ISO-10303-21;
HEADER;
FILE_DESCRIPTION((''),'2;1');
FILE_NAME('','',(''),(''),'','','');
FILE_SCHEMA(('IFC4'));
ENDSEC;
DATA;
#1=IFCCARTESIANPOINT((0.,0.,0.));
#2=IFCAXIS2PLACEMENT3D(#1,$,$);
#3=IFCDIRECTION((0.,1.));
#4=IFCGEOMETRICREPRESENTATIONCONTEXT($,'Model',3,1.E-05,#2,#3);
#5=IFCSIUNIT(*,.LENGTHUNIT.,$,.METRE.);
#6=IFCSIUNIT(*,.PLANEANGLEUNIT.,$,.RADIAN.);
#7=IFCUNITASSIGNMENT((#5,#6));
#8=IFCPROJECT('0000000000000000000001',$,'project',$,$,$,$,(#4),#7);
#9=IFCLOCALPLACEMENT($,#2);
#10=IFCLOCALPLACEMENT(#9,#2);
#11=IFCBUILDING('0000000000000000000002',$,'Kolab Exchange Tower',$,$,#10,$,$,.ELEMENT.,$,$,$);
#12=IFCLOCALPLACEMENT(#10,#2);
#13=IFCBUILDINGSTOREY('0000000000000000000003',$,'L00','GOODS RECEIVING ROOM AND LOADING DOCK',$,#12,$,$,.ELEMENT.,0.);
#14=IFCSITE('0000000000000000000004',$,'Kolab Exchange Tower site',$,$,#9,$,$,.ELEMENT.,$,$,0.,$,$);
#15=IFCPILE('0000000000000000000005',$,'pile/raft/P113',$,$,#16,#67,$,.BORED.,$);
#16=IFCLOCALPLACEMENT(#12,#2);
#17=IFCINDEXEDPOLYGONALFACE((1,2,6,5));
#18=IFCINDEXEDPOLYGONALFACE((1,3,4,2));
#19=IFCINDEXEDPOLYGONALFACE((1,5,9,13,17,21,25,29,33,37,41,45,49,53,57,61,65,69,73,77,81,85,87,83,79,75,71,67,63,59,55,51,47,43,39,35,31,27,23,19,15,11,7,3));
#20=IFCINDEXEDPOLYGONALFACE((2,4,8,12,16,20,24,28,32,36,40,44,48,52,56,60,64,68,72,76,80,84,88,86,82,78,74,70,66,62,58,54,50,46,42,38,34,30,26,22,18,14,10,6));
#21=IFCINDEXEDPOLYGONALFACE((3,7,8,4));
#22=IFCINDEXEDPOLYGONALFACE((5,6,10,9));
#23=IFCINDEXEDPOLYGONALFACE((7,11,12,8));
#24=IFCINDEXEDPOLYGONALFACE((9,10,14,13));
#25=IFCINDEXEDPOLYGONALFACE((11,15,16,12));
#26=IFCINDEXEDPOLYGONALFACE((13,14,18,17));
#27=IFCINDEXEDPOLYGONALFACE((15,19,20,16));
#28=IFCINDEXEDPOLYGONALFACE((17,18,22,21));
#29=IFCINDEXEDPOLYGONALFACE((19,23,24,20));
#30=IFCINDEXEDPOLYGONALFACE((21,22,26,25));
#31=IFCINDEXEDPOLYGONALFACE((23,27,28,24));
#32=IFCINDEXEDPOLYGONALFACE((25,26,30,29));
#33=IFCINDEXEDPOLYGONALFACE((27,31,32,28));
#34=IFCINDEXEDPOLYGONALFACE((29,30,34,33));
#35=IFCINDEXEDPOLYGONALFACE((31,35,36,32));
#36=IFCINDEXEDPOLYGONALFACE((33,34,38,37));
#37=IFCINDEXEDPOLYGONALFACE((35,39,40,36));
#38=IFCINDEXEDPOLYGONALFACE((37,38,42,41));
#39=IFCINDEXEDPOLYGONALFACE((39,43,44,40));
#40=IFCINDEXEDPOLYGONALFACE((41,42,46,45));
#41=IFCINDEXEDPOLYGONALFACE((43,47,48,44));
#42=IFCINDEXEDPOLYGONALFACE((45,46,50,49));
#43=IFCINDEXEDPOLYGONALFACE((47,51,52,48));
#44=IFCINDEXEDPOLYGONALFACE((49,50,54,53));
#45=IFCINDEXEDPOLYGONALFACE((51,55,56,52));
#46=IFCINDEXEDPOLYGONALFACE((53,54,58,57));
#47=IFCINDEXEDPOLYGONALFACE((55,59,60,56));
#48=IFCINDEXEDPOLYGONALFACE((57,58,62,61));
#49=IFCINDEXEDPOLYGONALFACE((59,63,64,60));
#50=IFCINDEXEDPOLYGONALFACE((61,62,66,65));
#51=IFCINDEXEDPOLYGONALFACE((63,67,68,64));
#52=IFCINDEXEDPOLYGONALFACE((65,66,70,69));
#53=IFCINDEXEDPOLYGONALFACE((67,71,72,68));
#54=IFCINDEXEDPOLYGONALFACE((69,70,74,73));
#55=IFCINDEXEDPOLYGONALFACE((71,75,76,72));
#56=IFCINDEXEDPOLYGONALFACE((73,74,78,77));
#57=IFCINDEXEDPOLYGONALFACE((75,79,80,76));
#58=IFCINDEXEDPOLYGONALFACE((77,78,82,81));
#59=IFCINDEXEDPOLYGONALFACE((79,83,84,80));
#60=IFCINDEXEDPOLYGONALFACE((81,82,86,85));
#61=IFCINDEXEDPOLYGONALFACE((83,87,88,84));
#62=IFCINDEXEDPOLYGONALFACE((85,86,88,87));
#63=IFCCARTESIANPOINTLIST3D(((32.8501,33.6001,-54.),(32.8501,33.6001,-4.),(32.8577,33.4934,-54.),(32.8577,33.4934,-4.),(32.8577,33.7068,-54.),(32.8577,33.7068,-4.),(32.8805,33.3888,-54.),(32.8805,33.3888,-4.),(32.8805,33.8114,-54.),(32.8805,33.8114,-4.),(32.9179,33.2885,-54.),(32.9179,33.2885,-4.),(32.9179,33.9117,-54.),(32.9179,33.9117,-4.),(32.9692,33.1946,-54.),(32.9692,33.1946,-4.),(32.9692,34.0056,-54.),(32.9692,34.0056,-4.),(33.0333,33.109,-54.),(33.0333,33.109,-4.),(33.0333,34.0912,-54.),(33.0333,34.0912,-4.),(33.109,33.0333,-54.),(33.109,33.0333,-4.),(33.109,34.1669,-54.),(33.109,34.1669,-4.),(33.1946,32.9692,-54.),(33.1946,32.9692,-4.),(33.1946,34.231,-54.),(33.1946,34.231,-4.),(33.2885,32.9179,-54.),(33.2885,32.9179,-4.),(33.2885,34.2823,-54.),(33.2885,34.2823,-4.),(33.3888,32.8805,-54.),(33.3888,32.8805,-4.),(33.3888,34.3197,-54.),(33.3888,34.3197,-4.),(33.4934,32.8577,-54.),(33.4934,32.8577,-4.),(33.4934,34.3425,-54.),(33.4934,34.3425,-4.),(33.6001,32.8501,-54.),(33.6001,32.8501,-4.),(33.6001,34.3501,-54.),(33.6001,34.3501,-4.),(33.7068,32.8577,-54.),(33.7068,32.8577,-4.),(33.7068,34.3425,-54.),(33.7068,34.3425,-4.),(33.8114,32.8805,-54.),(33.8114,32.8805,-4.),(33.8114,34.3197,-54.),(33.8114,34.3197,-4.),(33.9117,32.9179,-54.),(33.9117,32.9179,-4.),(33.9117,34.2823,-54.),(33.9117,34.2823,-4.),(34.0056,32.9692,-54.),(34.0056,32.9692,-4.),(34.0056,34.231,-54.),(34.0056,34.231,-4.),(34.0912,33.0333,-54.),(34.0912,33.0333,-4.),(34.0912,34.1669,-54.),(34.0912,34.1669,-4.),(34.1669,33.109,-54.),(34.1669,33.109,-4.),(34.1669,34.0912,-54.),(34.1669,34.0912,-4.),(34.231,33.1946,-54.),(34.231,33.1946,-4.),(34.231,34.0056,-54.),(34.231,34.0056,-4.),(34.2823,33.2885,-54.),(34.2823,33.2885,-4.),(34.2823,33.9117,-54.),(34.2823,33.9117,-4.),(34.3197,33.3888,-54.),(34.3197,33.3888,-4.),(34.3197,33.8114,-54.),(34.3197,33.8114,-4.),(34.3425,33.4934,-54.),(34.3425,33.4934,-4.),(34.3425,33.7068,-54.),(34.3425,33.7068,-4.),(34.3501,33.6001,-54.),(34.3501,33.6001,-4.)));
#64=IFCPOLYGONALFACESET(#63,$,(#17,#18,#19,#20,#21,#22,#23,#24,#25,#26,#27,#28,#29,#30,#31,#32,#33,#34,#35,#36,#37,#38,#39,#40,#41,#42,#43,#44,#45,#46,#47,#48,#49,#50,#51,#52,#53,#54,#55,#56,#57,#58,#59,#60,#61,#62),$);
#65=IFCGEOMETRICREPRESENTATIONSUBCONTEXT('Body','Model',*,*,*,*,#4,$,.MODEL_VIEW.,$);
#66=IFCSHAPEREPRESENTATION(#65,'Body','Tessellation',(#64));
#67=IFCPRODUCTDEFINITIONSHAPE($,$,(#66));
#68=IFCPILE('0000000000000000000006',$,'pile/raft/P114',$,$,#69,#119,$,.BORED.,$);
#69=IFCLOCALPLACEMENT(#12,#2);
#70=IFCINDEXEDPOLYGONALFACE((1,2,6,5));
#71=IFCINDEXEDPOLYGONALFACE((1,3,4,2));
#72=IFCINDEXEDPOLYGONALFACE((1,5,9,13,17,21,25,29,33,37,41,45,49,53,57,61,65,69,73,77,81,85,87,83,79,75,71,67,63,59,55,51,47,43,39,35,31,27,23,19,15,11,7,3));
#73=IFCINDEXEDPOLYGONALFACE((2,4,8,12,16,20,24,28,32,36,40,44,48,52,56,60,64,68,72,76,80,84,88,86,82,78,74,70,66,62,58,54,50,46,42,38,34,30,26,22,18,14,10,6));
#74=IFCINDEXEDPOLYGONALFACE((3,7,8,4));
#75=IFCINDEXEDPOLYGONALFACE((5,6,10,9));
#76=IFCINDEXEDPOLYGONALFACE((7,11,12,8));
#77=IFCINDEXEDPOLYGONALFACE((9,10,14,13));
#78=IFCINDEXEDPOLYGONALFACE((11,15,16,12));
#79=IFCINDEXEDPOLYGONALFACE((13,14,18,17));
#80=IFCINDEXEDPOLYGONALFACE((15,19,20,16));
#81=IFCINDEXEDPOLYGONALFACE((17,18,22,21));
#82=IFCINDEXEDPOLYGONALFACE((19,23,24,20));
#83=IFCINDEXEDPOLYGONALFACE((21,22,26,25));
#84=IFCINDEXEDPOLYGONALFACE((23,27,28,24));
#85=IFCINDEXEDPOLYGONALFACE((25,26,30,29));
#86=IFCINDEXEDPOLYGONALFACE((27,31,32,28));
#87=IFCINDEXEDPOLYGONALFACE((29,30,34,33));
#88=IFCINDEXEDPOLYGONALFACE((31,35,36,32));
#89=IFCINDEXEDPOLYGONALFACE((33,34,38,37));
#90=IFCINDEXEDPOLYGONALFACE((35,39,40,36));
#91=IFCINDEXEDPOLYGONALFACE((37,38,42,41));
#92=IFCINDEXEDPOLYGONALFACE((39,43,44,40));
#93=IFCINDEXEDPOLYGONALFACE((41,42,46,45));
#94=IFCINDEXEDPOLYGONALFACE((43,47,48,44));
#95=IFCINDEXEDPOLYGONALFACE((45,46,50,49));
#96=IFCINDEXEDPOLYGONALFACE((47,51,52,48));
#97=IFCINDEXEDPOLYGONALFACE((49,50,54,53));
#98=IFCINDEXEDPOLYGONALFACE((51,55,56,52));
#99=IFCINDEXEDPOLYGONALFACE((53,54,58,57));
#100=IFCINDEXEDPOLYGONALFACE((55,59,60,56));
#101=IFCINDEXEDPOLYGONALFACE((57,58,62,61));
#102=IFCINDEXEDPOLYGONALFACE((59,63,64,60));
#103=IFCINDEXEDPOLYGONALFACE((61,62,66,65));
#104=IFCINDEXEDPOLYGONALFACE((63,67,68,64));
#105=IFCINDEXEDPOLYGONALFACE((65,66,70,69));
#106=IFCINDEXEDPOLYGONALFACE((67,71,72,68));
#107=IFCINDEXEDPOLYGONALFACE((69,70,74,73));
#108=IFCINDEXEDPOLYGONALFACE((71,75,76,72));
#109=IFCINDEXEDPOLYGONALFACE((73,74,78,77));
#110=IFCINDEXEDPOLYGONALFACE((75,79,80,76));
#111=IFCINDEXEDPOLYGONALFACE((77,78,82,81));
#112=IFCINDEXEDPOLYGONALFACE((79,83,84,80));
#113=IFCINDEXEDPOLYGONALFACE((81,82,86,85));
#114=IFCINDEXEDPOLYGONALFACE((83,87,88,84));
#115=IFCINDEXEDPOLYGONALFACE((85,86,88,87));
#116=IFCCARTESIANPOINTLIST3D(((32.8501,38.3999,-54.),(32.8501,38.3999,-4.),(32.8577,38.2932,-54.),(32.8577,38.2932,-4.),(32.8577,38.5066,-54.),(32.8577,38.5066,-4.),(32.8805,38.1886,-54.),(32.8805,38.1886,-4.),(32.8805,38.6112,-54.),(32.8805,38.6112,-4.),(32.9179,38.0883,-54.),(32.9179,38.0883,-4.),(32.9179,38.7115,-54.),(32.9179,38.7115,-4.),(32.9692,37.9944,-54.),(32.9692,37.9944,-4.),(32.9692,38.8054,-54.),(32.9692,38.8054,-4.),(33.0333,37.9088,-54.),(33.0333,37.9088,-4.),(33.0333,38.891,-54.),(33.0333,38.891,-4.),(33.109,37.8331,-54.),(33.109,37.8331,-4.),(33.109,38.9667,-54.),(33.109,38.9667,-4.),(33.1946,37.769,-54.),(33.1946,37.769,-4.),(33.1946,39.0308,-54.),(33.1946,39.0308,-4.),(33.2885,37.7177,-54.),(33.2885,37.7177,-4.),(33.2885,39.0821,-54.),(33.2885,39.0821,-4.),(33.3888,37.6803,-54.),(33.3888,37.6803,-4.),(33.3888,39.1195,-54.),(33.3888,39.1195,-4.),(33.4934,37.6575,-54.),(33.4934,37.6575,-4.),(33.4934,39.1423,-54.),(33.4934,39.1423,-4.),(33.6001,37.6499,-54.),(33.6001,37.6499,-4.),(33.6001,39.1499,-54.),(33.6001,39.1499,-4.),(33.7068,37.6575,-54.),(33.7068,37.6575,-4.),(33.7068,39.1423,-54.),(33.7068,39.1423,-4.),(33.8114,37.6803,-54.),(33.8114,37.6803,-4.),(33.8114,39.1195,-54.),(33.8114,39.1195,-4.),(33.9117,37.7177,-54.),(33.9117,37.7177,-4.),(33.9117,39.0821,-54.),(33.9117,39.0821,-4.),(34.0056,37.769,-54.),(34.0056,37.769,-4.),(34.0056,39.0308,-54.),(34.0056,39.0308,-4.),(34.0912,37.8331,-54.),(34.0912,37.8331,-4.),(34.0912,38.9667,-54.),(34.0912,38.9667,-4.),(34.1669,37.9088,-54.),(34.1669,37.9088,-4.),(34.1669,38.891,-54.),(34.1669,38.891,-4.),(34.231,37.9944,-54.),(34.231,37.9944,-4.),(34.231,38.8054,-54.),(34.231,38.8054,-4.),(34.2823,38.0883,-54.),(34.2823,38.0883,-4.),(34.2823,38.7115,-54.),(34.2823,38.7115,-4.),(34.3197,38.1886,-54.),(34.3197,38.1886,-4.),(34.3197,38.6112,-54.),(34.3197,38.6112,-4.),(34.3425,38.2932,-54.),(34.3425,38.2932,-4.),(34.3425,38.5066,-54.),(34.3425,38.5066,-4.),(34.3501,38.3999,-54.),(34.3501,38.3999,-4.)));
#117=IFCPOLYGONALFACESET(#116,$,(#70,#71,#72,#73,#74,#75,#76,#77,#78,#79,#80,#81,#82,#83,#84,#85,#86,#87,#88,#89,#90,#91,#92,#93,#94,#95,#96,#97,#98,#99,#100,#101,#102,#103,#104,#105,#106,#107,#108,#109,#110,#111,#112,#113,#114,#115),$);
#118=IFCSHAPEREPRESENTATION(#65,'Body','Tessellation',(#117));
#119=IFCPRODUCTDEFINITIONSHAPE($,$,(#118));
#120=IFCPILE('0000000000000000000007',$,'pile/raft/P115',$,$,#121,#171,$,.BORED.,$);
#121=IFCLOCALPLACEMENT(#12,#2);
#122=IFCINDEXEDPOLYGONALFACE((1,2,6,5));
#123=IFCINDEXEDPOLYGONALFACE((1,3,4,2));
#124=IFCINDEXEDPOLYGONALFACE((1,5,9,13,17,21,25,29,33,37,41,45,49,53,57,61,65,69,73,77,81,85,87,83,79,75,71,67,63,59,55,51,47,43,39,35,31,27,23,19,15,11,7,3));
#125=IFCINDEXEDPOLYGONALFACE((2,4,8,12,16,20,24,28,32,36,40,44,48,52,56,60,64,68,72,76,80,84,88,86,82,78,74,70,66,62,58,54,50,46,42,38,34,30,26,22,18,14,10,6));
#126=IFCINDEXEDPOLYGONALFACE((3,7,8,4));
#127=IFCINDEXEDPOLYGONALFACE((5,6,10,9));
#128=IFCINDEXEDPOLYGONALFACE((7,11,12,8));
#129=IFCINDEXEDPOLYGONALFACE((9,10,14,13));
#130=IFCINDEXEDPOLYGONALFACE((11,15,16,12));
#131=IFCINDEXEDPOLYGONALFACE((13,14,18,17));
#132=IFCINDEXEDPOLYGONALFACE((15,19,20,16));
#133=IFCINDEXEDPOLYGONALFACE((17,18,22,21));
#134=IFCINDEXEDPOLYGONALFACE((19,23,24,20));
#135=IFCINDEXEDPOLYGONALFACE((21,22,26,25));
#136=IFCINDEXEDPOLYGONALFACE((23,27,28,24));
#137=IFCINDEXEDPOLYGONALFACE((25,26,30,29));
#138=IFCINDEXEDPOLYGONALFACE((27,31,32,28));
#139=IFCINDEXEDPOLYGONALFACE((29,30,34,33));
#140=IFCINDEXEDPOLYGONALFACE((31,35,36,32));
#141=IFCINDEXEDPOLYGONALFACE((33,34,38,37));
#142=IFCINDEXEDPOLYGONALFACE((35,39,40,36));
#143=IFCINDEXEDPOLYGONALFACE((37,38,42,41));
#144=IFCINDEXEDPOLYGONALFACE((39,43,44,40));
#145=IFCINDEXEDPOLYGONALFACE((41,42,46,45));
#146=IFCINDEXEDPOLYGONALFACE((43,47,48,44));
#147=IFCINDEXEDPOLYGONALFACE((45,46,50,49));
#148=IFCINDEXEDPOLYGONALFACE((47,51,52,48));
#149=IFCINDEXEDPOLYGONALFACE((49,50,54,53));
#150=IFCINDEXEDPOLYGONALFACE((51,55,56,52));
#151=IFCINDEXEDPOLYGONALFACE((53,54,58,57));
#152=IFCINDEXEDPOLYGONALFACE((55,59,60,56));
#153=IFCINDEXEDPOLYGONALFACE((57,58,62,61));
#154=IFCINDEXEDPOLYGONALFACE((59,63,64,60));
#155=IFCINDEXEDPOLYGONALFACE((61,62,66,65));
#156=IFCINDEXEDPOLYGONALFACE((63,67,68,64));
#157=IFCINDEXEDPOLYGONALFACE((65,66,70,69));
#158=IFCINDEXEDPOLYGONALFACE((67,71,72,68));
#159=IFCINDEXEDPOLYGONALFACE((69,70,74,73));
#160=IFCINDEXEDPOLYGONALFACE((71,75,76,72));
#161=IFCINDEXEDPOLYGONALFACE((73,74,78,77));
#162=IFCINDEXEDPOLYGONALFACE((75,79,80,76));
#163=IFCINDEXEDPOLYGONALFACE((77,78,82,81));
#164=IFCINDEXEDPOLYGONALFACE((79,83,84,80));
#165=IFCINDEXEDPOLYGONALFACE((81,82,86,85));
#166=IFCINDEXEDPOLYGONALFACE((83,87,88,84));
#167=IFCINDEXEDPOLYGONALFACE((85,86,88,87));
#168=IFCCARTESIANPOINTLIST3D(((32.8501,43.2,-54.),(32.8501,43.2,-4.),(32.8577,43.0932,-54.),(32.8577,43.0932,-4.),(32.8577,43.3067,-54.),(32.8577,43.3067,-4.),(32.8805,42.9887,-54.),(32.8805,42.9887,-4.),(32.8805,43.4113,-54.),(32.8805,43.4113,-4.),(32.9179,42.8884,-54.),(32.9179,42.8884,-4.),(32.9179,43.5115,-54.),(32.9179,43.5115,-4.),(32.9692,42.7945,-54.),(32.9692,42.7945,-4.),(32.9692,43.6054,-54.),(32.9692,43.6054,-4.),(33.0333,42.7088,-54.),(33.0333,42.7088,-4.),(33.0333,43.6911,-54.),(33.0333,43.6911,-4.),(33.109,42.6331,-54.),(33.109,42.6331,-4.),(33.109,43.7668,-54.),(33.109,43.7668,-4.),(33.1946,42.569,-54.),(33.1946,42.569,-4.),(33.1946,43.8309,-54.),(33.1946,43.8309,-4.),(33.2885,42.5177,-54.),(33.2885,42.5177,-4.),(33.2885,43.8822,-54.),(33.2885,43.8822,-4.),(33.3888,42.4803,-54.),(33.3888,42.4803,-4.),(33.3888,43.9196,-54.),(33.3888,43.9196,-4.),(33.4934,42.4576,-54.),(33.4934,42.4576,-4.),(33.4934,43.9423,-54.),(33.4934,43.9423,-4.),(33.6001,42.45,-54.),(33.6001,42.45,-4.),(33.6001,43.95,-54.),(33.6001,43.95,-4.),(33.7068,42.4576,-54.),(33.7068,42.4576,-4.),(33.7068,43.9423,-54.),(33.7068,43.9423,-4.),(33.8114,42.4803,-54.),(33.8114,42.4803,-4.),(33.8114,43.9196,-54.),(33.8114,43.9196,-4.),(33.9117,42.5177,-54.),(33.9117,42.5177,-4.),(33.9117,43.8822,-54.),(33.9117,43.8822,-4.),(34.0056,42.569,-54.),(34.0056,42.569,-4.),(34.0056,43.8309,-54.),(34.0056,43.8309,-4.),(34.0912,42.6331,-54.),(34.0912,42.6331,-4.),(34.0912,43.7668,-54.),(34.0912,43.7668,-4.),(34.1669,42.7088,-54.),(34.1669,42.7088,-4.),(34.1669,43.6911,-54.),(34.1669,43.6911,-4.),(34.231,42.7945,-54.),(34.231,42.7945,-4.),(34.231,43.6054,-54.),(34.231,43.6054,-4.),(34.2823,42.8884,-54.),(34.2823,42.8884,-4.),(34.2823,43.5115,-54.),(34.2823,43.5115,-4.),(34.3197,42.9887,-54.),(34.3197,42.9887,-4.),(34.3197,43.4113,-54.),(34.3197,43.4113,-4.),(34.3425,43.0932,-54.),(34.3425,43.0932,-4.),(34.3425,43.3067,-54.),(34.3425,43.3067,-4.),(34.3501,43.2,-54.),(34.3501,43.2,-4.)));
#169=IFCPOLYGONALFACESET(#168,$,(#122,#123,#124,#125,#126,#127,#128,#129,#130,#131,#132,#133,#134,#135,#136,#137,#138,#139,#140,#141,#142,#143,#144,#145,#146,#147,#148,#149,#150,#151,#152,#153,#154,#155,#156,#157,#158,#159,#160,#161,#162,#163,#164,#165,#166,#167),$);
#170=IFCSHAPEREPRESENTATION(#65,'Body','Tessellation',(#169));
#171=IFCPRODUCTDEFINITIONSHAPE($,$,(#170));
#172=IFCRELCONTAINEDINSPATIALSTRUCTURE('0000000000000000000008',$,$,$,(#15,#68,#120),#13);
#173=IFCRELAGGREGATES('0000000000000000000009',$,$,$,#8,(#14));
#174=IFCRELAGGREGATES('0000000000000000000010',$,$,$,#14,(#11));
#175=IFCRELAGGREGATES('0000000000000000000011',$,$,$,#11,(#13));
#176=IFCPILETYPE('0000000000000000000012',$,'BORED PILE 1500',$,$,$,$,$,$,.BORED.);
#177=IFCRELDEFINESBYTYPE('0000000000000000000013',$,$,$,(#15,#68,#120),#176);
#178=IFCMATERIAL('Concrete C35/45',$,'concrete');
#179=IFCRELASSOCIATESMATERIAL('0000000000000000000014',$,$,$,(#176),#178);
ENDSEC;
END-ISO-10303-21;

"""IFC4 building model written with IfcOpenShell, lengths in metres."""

from ifc_helpers import new_model, si_unit, direction, frame, origin, origin_2d, place, context, subcontext, project, spatial, circle, extrude, material, material_profile, profile_set, type_object, element, save


model = new_model("IFC4")

# Units and contexts
model_context = context("Model", 3, precision=1e-05, world=origin(), true_north=direction((0.0, 1.0)))
body_context = subcontext(model_context, "Body", "Model", "MODEL_VIEW")
ifc_project = project(units=[si_unit("LENGTHUNIT", "METRE"), si_unit("PLANEANGLEUNIT", "RADIAN")], contexts=[model_context])

# Site, building, storey
site_placement = place(None, origin())
site = spatial("IfcSite", under=ifc_project, at=site_placement, Name="Kolab Exchange Tower site", CompositionType="ELEMENT", RefElevation=0.0)
building_placement = place(site_placement, origin())
building = spatial("IfcBuilding", under=site, at=building_placement, Name="Kolab Exchange Tower", CompositionType="ELEMENT")
storey_placement = place(building_placement, origin())
storey = spatial("IfcBuildingStorey", under=building, at=storey_placement, Name="L00", Description="GOODS RECEIVING ROOM AND LOADING DOCK", CompositionType="ELEMENT", Elevation=0.0)

# Piles
ifc_material_1 = material(Name="Concrete C35/45", Category="concrete")
ifc_material_profile_1 = material_profile(ifc_material_1, circle(Radius=0.75, at=origin_2d()), Name="BP1500")
ifc_profile_set_1 = profile_set([ifc_material_profile_1], Name="Concrete C35/45")
pile_type = type_object("IfcPileType", Name="BORED PILE 1500", PredefinedType="BORED", material=ifc_profile_set_1)
for number, where, z_axis, x_axis, name in (
    (1, (33.6001, 33.6001, -4.0), (0.0, 0.0, -1.0), (1.0, 0.0, 0.0), "pile/raft/P113"),
    (2, (33.6001, 38.3999, -4.0), (0.0, 0.0, -1.0), (1.0, 0.0, 0.0), "pile/raft/P114"),
    (3, (33.6001, 43.2, -4.0), (0.0, 0.0, -1.0), (1.0, 0.0, 0.0), "pile/raft/P115"),
):
    element("IfcPile", number, at=place(storey_placement, frame(where, z_axis=z_axis, x_axis=x_axis)), inside=storey, type_object=pile_type, Name=name, PredefinedType="BORED", context=body_context, shape_type="SweptSolid", body=[
        extrude(circle(Radius=0.75, at=origin_2d()), origin(), (0.0, 0.0, 1.0), 50.0),
    ])

save(model, "model.ifc")
